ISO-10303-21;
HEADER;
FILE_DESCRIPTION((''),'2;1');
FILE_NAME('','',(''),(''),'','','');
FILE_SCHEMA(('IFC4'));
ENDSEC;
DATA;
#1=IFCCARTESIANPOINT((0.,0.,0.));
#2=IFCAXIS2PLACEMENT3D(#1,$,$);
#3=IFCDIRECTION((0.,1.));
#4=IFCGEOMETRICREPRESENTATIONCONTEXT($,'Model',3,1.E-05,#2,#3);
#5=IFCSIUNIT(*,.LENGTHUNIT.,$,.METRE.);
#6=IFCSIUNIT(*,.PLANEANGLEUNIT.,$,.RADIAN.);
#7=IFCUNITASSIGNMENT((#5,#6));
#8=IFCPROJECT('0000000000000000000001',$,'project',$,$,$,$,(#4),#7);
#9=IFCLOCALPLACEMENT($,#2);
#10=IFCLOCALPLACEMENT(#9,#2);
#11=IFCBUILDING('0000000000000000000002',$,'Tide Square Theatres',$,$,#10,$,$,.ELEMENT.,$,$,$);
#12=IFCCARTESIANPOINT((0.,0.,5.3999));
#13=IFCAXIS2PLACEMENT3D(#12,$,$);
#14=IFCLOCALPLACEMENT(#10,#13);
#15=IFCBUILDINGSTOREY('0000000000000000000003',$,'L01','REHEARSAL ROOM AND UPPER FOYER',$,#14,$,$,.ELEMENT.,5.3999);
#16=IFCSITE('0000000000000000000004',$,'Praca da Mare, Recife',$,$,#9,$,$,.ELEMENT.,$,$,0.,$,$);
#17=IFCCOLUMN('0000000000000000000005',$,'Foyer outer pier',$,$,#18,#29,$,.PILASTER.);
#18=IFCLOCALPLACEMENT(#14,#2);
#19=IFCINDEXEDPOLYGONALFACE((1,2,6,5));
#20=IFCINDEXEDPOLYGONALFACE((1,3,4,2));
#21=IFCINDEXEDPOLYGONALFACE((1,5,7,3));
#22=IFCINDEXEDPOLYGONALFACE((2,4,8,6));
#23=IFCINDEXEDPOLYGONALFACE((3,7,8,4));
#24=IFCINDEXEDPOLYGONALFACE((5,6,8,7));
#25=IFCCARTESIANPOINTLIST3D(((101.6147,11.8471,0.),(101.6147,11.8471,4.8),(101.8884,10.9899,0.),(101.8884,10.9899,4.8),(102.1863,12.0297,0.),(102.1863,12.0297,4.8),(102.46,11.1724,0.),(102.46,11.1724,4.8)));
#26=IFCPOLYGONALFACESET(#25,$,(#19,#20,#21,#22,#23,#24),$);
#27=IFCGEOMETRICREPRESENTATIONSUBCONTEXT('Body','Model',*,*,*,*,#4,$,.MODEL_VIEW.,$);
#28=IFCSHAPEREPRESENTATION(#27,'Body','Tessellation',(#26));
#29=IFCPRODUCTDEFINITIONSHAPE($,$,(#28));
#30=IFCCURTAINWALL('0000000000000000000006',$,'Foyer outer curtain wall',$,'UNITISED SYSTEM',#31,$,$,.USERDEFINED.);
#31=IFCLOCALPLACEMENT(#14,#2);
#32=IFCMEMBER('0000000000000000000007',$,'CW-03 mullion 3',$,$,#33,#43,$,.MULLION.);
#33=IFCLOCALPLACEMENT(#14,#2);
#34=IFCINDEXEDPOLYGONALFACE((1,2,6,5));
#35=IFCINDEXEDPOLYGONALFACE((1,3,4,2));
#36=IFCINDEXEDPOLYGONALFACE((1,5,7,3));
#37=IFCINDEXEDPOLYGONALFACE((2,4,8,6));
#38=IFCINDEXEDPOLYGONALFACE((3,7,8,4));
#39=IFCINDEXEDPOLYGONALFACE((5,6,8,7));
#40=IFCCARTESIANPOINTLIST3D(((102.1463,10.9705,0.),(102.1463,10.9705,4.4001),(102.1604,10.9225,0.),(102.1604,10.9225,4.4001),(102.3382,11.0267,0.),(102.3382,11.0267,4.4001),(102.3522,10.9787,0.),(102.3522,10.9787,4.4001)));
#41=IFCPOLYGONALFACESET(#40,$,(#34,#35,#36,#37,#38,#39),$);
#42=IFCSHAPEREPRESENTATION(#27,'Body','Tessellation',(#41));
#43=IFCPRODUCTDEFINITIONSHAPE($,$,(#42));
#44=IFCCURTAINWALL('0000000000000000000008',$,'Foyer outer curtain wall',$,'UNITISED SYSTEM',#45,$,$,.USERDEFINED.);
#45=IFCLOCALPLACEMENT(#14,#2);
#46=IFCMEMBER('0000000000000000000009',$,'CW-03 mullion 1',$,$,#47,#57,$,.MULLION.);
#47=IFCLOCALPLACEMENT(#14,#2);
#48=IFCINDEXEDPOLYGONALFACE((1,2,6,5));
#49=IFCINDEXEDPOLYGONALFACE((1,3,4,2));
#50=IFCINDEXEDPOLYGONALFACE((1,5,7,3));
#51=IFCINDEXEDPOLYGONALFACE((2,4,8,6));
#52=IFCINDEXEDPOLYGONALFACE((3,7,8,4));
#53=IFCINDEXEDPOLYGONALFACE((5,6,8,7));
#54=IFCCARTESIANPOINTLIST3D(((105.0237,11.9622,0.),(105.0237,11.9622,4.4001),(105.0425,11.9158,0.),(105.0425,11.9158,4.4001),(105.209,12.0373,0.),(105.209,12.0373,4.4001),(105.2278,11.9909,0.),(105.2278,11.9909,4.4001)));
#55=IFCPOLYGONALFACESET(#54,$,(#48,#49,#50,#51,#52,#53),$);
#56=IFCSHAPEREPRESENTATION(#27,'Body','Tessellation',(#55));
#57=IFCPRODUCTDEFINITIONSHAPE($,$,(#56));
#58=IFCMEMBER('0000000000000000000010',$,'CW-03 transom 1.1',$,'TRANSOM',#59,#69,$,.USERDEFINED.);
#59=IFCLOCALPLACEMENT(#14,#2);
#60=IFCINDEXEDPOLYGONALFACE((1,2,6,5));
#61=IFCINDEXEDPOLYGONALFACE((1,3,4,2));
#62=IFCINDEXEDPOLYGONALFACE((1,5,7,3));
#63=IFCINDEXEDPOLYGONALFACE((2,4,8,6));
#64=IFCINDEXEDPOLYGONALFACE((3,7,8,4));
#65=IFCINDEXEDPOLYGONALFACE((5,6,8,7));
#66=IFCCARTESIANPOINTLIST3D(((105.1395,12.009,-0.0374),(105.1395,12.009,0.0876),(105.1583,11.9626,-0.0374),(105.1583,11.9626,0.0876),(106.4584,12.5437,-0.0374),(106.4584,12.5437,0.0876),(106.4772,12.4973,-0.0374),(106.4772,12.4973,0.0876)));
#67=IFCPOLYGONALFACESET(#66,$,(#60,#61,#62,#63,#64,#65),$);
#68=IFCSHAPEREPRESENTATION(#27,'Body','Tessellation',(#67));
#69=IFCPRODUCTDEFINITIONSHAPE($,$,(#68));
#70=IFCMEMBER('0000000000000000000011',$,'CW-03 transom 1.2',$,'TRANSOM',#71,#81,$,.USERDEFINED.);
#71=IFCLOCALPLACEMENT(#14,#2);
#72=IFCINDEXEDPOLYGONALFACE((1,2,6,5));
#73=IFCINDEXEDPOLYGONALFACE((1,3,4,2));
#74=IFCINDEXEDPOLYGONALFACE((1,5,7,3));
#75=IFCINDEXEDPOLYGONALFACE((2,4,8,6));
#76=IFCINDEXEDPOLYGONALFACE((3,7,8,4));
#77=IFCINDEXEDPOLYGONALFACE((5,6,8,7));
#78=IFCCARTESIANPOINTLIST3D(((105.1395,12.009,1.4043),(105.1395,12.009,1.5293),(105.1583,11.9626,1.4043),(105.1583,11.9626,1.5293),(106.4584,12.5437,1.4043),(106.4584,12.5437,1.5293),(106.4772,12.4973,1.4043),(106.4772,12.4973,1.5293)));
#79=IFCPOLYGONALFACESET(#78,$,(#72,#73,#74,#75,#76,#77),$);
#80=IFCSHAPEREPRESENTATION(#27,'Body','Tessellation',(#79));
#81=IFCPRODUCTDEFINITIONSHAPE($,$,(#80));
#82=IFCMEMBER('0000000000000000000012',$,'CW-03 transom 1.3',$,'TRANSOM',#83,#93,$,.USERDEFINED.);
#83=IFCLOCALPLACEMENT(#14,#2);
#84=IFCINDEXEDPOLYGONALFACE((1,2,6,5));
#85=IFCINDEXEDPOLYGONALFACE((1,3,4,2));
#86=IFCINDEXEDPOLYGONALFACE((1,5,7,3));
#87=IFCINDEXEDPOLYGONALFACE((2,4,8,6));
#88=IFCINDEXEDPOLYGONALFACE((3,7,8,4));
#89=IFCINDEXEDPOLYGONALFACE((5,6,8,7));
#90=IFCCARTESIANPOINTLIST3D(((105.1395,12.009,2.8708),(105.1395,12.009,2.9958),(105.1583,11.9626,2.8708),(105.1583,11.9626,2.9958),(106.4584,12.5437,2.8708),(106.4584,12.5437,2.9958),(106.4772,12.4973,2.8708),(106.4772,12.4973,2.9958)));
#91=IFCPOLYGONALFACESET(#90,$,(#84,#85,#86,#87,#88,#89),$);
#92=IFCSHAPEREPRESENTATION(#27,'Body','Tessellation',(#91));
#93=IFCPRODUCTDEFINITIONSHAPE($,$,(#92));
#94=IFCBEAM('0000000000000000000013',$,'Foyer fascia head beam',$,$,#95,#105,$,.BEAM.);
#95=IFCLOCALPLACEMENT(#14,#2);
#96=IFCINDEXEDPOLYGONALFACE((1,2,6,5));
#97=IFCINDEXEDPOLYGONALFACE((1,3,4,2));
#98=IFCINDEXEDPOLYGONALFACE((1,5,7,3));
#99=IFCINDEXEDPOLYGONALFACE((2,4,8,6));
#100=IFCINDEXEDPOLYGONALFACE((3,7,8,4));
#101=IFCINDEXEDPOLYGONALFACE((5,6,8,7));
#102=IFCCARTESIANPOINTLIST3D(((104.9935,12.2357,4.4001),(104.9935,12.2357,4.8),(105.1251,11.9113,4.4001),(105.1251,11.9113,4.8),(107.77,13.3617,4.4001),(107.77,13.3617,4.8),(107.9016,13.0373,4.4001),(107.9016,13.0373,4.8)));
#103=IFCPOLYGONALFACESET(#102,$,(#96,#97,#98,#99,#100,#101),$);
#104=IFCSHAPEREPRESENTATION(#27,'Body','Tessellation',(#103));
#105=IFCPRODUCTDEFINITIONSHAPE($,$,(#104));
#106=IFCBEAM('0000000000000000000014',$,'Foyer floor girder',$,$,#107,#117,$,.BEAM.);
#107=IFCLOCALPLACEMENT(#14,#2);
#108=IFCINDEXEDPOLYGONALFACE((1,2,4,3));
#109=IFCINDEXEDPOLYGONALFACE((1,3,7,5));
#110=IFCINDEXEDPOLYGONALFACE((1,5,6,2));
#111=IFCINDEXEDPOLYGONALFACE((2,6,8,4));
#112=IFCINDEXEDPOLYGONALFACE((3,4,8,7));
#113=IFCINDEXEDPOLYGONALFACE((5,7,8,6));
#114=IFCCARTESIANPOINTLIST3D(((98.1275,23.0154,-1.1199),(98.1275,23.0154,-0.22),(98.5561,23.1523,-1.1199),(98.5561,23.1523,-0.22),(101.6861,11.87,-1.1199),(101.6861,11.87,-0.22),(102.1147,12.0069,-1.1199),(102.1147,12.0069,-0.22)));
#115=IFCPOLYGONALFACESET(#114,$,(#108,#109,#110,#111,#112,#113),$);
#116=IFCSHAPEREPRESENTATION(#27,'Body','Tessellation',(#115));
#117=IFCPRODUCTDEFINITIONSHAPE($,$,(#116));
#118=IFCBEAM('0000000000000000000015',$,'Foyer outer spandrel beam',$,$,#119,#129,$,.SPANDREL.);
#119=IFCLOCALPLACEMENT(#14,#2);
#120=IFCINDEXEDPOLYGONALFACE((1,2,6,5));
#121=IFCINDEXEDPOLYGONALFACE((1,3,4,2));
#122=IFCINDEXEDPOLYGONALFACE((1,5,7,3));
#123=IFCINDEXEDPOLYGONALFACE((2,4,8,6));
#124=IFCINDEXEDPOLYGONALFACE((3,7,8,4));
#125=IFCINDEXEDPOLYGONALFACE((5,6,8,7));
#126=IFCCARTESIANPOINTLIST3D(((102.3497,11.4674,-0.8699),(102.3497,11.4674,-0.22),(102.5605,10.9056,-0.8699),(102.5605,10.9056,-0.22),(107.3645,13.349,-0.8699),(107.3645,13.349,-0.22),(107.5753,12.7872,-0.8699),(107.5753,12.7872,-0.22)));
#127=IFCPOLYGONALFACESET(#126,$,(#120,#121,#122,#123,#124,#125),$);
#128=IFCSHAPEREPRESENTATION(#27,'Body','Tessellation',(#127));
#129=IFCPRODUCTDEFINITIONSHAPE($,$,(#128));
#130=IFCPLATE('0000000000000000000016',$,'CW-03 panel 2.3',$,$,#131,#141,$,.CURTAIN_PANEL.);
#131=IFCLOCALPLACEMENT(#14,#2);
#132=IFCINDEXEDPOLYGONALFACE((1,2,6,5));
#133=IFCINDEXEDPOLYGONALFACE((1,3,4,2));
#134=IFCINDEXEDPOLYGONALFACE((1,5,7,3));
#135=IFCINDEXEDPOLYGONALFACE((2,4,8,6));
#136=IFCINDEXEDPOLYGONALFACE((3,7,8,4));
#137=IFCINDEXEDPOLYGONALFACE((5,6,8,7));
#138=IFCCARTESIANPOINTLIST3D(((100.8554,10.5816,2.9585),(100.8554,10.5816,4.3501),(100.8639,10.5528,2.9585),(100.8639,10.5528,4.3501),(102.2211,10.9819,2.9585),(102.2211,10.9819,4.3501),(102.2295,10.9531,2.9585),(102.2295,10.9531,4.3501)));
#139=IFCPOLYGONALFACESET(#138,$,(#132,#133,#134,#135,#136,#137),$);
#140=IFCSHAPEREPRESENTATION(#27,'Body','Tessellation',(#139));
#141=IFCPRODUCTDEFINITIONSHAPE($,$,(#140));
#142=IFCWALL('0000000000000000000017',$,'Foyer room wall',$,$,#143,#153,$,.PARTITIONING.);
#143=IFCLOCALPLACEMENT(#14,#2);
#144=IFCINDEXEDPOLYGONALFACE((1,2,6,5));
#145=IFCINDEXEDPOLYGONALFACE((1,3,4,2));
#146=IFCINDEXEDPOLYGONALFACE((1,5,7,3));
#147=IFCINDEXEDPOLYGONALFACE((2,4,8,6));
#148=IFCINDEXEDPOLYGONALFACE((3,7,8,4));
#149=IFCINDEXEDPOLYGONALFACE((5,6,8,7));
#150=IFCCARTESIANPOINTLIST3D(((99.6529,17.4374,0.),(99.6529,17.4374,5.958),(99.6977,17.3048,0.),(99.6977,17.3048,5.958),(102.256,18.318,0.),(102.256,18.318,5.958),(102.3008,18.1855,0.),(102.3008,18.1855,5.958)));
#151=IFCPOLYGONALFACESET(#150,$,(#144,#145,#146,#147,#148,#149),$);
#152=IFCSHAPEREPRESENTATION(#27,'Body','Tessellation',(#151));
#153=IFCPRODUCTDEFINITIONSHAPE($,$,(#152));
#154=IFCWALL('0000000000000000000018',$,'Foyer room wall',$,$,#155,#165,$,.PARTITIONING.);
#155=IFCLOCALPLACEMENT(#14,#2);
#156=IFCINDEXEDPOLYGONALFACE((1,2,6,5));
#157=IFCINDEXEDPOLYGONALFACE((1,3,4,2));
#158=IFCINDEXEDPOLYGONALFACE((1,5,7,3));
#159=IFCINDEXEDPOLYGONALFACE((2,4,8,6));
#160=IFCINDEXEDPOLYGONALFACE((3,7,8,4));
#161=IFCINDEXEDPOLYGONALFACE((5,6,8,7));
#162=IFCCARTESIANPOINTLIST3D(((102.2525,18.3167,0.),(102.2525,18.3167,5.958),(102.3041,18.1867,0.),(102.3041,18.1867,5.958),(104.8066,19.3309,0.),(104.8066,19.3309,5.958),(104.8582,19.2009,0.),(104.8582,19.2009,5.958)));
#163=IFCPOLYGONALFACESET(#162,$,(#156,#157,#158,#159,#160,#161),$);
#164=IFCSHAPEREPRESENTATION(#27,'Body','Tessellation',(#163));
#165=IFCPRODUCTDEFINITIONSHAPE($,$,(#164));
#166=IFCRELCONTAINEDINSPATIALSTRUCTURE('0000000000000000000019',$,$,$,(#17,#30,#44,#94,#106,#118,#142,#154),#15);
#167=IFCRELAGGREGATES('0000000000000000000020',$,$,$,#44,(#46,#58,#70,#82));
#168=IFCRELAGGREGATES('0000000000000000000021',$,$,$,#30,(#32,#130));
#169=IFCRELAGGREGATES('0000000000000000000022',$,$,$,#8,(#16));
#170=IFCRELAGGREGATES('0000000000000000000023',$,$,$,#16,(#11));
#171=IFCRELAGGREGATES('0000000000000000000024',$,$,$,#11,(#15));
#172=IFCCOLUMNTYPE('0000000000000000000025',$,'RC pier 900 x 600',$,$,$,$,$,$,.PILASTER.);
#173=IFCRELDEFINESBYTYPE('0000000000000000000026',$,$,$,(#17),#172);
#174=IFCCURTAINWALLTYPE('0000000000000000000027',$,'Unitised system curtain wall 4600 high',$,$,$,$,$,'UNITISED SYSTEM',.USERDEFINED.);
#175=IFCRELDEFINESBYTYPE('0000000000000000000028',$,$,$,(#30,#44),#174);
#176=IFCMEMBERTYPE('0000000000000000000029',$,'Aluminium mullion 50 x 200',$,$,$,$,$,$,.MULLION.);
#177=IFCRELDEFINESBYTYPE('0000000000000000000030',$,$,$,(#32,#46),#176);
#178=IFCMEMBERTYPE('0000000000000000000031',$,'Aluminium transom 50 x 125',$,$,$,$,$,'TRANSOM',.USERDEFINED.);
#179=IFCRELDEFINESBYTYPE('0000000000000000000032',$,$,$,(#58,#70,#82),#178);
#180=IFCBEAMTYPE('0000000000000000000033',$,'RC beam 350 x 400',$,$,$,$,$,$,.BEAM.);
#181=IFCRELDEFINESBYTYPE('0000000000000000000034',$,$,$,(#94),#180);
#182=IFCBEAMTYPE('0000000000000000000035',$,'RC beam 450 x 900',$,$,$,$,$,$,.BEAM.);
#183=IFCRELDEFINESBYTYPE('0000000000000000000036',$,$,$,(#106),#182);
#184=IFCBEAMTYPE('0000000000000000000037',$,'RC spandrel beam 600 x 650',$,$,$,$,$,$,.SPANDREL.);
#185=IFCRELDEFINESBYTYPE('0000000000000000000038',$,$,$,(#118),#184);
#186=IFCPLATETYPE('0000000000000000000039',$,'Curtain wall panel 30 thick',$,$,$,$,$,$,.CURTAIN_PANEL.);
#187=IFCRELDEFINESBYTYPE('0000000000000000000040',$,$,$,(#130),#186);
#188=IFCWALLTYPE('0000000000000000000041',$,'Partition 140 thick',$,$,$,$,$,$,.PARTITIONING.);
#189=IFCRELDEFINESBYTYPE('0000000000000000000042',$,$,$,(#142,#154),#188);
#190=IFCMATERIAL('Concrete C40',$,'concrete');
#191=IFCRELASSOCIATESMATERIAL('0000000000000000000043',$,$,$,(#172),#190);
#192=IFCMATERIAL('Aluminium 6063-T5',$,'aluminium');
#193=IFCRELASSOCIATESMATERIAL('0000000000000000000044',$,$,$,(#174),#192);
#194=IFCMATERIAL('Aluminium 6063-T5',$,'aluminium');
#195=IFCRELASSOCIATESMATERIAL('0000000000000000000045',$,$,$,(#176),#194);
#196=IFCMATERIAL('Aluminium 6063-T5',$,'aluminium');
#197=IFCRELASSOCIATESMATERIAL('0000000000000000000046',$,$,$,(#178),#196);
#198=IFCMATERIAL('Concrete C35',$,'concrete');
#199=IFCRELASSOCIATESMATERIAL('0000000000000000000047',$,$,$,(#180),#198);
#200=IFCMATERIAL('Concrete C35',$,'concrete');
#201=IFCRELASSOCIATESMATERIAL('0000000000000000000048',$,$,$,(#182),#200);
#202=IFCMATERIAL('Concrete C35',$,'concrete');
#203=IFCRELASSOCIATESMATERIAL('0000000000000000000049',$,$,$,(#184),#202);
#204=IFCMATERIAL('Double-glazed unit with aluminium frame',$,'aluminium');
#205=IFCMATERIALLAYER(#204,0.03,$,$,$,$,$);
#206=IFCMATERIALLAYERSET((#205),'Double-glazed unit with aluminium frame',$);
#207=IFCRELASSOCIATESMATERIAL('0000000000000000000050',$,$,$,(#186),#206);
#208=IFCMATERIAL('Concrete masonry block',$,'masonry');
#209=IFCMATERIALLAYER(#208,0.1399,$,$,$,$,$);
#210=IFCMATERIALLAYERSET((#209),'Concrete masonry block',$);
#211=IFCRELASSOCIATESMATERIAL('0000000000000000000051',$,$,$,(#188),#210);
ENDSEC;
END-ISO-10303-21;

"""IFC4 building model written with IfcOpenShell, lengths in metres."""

from ifc_helpers import new_model, si_unit, direction, frame, frame_2d, origin, origin_2d, place, context, subcontext, project, spatial, rectangle, extrude, material, layer, layer_set, material_profile, profile_set, type_object, element, aggregate, save


model = new_model("IFC4")

# Units and contexts
model_context = context("Model", 3, precision=1e-05, world=origin(), true_north=direction((0.0, 1.0)))
body_context = subcontext(model_context, "Body", "Model", "MODEL_VIEW")
ifc_project = project(units=[si_unit("LENGTHUNIT", "METRE"), si_unit("PLANEANGLEUNIT", "RADIAN")], contexts=[model_context])

# Site, building, storey
site_placement = place(None, origin())
site = spatial("IfcSite", under=ifc_project, at=site_placement, Name="Praca da Mare, Recife", CompositionType="ELEMENT", RefElevation=0.0)
building_placement = place(site_placement, origin())
building = spatial("IfcBuilding", under=site, at=building_placement, Name="Tide Square Theatres", CompositionType="ELEMENT")
storey_placement = place(building_placement, frame((0.0, 0.0, 5.3999)))
storey = spatial("IfcBuildingStorey", under=building, at=storey_placement, Name="L01", Description="REHEARSAL ROOM AND UPPER FOYER", CompositionType="ELEMENT", Elevation=5.3999)

# Column
ifc_material_1 = material(Name="Concrete C40", Category="concrete")
ifc_material_profile_1 = material_profile(ifc_material_1, rectangle(XDim=0.8999, YDim=0.6001, at=origin_2d()))
ifc_profile_set_1 = profile_set([ifc_material_profile_1], Name="Concrete C40")
column_type = type_object("IfcColumnType", Name="RC pier 900 x 600", PredefinedType="PILASTER", material=ifc_profile_set_1)
column_placement = place(storey_placement, frame((102.0374, 11.5098, 0.0), z_axis=(0.0, 0.0, 1.0), x_axis=(0.304171, -0.952617, 0.0)))
element("IfcColumn", 1, at=column_placement, inside=storey, type_object=column_type, Name="Foyer outer pier", PredefinedType="PILASTER", context=body_context, shape_type="SweptSolid", body=[
    extrude(rectangle(XDim=0.8999, YDim=0.6001, at=origin_2d()), origin(), (0.0, 0.0, 1.0), 4.8),
])

# Curtain wall, member
ifc_material_2 = material(Name="Aluminium 6063-T5", Category="aluminium")
curtain_wall_type = type_object("IfcCurtainWallType", Name="Unitised system curtain wall 4600 high", ElementType="UNITISED SYSTEM", PredefinedType="USERDEFINED", material=ifc_material_2)
curtain_wall_1_placement = place(storey_placement, origin())
curtain_wall_1 = element("IfcCurtainWall", 2, at=curtain_wall_1_placement, inside=storey, type_object=curtain_wall_type, Name="Foyer outer curtain wall", ObjectType="UNITISED SYSTEM", PredefinedType="USERDEFINED")
ifc_material_3 = material(Name="Aluminium 6063-T5", Category="aluminium")
ifc_material_profile_2 = material_profile(ifc_material_3, rectangle(XDim=0.05, YDim=0.2, at=origin_2d()))
ifc_profile_set_2 = profile_set([ifc_material_profile_2], Name="Aluminium 6063-T5")
member_type_1 = type_object("IfcMemberType", Name="Aluminium mullion 50 x 200", PredefinedType="MULLION", material=ifc_profile_set_2)
member_1_placement = place(storey_placement, frame((102.2493, 10.9746, 0.0), z_axis=(0.0, 0.0, 1.0), x_axis=(-0.281279, 0.959626, 0.0)))
member_1 = element("IfcMember", 3, at=member_1_placement, type_object=member_type_1, Name="CW-03 mullion 3", PredefinedType="MULLION", context=body_context, shape_type="SweptSolid", body=[
    extrude(rectangle(XDim=0.05, YDim=0.2, at=origin_2d()), origin(), (0.0, 0.0, 1.0), 4.4001),
])

# Curtain wall, members
curtain_wall_2_placement = place(storey_placement, origin())
curtain_wall_2 = element("IfcCurtainWall", 4, at=curtain_wall_2_placement, inside=storey, type_object=curtain_wall_type, Name="Foyer outer curtain wall", ObjectType="UNITISED SYSTEM", PredefinedType="USERDEFINED")
member_2_placement = place(storey_placement, frame((105.1257, 11.9766, 0.0), z_axis=(0.0, 0.0, 1.0), x_axis=(-0.375731, 0.926729, 0.0)))
member_2 = element("IfcMember", 5, at=member_2_placement, type_object=member_type_1, Name="CW-03 mullion 1", PredefinedType="MULLION", context=body_context, shape_type="SweptSolid", body=[
    extrude(rectangle(XDim=0.05, YDim=0.2, at=origin_2d()), origin(), (0.0, 0.0, 1.0), 4.4001),
])
ifc_material_4 = material(Name="Aluminium 6063-T5", Category="aluminium")
ifc_material_profile_3 = material_profile(ifc_material_4, rectangle(XDim=0.05, YDim=0.125, at=origin_2d()))
ifc_profile_set_3 = profile_set([ifc_material_profile_3], Name="Aluminium 6063-T5")
member_type_2 = type_object("IfcMemberType", Name="Aluminium transom 50 x 125", ElementType="TRANSOM", PredefinedType="USERDEFINED", material=ifc_profile_set_3)
member_3_placement = place(storey_placement, frame((105.1489, 11.9858, 0.0251), z_axis=(0.926739, 0.375705, 0.0), x_axis=(-0.375705, 0.926739, 0.0)))
member_3 = element("IfcMember", 6, at=member_3_placement, type_object=member_type_2, Name="CW-03 transom 1.1", ObjectType="TRANSOM", PredefinedType="USERDEFINED", context=body_context, shape_type="SweptSolid", body=[
    extrude(rectangle(XDim=0.05, YDim=0.125, at=origin_2d()), origin(), (0.0, 0.0, 1.0), 1.4231),
])
member_4_placement = place(storey_placement, frame((105.1489, 11.9858, 1.4668), z_axis=(0.926739, 0.375705, 0.0), x_axis=(-0.375705, 0.926739, 0.0)))
member_4 = element("IfcMember", 7, at=member_4_placement, type_object=member_type_2, Name="CW-03 transom 1.2", ObjectType="TRANSOM", PredefinedType="USERDEFINED", context=body_context, shape_type="SweptSolid", body=[
    extrude(rectangle(XDim=0.05, YDim=0.125, at=origin_2d()), origin(), (0.0, 0.0, 1.0), 1.4231),
])
member_5_placement = place(storey_placement, frame((105.1489, 11.9858, 2.9333), z_axis=(0.926739, 0.375705, 0.0), x_axis=(-0.375705, 0.926739, 0.0)))
member_5 = element("IfcMember", 8, at=member_5_placement, type_object=member_type_2, Name="CW-03 transom 1.3", ObjectType="TRANSOM", PredefinedType="USERDEFINED", context=body_context, shape_type="SweptSolid", body=[
    extrude(rectangle(XDim=0.05, YDim=0.125, at=origin_2d()), origin(), (0.0, 0.0, 1.0), 1.4231),
])
aggregate(curtain_wall_2, [member_2, member_3, member_4, member_5])

# Beams
ifc_material_5 = material(Name="Concrete C35", Category="concrete")
ifc_material_profile_4 = material_profile(ifc_material_5, rectangle(XDim=0.3501, YDim=0.3999, at=origin_2d()))
ifc_profile_set_4 = profile_set([ifc_material_profile_4], Name="Concrete C35")
beam_type_1 = type_object("IfcBeamType", Name="RC beam 350 x 400", PredefinedType="BEAM", material=ifc_profile_set_4)
beam_1_placement = place(storey_placement, frame((105.0593, 12.0735, 4.6001), z_axis=(0.92669, 0.375826, 0.0), x_axis=(-0.375826, 0.92669, 0.0)))
element("IfcBeam", 9, at=beam_1_placement, inside=storey, type_object=beam_type_1, Name="Foyer fascia head beam", PredefinedType="BEAM", context=body_context, shape_type="SweptSolid", body=[
    extrude(rectangle(XDim=0.3501, YDim=0.3999, at=origin_2d()), origin(), (0.0, 0.0, 1.0), 2.9961),
])
ifc_material_6 = material(Name="Concrete C35", Category="concrete")
ifc_material_profile_5 = material_profile(ifc_material_6, rectangle(XDim=0.45, YDim=0.8999, at=origin_2d()))
ifc_profile_set_5 = profile_set([ifc_material_profile_5], Name="Concrete C35")
beam_type_2 = type_object("IfcBeamType", Name="RC beam 450 x 900", PredefinedType="BEAM", material=ifc_profile_set_5)
beam_2_placement = place(storey_placement, frame((101.9004, 11.9385, -0.6699), z_axis=(-0.304158, 0.952622, 0.0), x_axis=(-0.952622, -0.304158, 0.0)))
element("IfcBeam", 10, at=beam_2_placement, inside=storey, type_object=beam_type_2, Name="Foyer floor girder", PredefinedType="BEAM", context=body_context, shape_type="SweptSolid", body=[
    extrude(rectangle(XDim=0.45, YDim=0.8999, at=origin_2d()), origin(), (0.0, 0.0, 1.0), 11.6997),
])
ifc_material_7 = material(Name="Concrete C35", Category="concrete")
ifc_material_profile_6 = material_profile(ifc_material_7, rectangle(XDim=0.6001, YDim=0.6499, at=origin_2d()))
ifc_profile_set_6 = profile_set([ifc_material_profile_6], Name="Concrete C35")
beam_type_3 = type_object("IfcBeamType", Name="RC spandrel beam 600 x 650", PredefinedType="SPANDREL", material=ifc_profile_set_6)
beam_3_placement = place(storey_placement, frame((102.4551, 11.1865, -0.5449), z_axis=(0.936267, 0.351288, 0.0), x_axis=(-0.351288, 0.936267, 0.0)))
element("IfcBeam", 11, at=beam_3_placement, inside=storey, type_object=beam_type_3, Name="Foyer outer spandrel beam", PredefinedType="SPANDREL", context=body_context, shape_type="SweptSolid", body=[
    extrude(rectangle(XDim=0.6001, YDim=0.6499, at=origin_2d()), origin(), (0.0, 0.0, 1.0), 5.3562),
])

# Plate
ifc_material_8 = material(Name="Double-glazed unit with aluminium frame", Category="aluminium")
ifc_layer_1 = layer(ifc_material_8, 0.03)
ifc_layer_set_1 = layer_set([ifc_layer_1], Name="Double-glazed unit with aluminium frame")
plate_type = type_object("IfcPlateType", Name="Curtain wall panel 30 thick", PredefinedType="CURTAIN_PANEL", material=ifc_layer_set_1)
plate_placement = place(storey_placement, frame((101.5425, 10.7673, 2.9585), z_axis=(0.0, 0.0, 1.0), x_axis=(0.959626, 0.281279, 0.0)))
plate = element("IfcPlate", 12, at=plate_placement, type_object=plate_type, Name="CW-03 panel 2.3", PredefinedType="CURTAIN_PANEL", context=body_context, shape_type="SweptSolid", body=[
    extrude(rectangle(XDim=1.4231, YDim=0.03, at=origin_2d()), origin(), (0.0, 0.0, 1.0), 1.3916),
])
aggregate(curtain_wall_1, [member_1, plate])

# Walls
ifc_material_9 = material(Name="Concrete masonry block", Category="masonry")
ifc_layer_2 = layer(ifc_material_9, 0.1399)
ifc_layer_set_2 = layer_set([ifc_layer_2], Name="Concrete masonry block")
wall_type_1 = type_object("IfcWallType", Name="Partition 140 thick", PredefinedType="PARTITIONING", material=ifc_layer_set_2)
for number, where, z_axis, x_axis, name in (
    (13, (99.6753, 17.3711, 0.0), (0.0, 0.0, 1.0), (0.947261, 0.320462, 0.0), "Foyer room wall"),
    (14, (102.2783, 18.2517, 0.0), (0.0, 0.0, 1.0), (0.929405, 0.369061, 0.0), "Foyer room wall"),
):
    element("IfcWall", number, at=place(storey_placement, frame(where, z_axis=z_axis, x_axis=x_axis)), inside=storey, type_object=wall_type_1, Name=name, PredefinedType="PARTITIONING", context=body_context, shape_type="SweptSolid", body=[
        extrude(rectangle(XDim=2.748, YDim=0.1399, at=frame_2d((1.374, 0.0))), origin(), (0.0, 0.0, 1.0), 5.958),
    ])

save(model, "model.ifc")
